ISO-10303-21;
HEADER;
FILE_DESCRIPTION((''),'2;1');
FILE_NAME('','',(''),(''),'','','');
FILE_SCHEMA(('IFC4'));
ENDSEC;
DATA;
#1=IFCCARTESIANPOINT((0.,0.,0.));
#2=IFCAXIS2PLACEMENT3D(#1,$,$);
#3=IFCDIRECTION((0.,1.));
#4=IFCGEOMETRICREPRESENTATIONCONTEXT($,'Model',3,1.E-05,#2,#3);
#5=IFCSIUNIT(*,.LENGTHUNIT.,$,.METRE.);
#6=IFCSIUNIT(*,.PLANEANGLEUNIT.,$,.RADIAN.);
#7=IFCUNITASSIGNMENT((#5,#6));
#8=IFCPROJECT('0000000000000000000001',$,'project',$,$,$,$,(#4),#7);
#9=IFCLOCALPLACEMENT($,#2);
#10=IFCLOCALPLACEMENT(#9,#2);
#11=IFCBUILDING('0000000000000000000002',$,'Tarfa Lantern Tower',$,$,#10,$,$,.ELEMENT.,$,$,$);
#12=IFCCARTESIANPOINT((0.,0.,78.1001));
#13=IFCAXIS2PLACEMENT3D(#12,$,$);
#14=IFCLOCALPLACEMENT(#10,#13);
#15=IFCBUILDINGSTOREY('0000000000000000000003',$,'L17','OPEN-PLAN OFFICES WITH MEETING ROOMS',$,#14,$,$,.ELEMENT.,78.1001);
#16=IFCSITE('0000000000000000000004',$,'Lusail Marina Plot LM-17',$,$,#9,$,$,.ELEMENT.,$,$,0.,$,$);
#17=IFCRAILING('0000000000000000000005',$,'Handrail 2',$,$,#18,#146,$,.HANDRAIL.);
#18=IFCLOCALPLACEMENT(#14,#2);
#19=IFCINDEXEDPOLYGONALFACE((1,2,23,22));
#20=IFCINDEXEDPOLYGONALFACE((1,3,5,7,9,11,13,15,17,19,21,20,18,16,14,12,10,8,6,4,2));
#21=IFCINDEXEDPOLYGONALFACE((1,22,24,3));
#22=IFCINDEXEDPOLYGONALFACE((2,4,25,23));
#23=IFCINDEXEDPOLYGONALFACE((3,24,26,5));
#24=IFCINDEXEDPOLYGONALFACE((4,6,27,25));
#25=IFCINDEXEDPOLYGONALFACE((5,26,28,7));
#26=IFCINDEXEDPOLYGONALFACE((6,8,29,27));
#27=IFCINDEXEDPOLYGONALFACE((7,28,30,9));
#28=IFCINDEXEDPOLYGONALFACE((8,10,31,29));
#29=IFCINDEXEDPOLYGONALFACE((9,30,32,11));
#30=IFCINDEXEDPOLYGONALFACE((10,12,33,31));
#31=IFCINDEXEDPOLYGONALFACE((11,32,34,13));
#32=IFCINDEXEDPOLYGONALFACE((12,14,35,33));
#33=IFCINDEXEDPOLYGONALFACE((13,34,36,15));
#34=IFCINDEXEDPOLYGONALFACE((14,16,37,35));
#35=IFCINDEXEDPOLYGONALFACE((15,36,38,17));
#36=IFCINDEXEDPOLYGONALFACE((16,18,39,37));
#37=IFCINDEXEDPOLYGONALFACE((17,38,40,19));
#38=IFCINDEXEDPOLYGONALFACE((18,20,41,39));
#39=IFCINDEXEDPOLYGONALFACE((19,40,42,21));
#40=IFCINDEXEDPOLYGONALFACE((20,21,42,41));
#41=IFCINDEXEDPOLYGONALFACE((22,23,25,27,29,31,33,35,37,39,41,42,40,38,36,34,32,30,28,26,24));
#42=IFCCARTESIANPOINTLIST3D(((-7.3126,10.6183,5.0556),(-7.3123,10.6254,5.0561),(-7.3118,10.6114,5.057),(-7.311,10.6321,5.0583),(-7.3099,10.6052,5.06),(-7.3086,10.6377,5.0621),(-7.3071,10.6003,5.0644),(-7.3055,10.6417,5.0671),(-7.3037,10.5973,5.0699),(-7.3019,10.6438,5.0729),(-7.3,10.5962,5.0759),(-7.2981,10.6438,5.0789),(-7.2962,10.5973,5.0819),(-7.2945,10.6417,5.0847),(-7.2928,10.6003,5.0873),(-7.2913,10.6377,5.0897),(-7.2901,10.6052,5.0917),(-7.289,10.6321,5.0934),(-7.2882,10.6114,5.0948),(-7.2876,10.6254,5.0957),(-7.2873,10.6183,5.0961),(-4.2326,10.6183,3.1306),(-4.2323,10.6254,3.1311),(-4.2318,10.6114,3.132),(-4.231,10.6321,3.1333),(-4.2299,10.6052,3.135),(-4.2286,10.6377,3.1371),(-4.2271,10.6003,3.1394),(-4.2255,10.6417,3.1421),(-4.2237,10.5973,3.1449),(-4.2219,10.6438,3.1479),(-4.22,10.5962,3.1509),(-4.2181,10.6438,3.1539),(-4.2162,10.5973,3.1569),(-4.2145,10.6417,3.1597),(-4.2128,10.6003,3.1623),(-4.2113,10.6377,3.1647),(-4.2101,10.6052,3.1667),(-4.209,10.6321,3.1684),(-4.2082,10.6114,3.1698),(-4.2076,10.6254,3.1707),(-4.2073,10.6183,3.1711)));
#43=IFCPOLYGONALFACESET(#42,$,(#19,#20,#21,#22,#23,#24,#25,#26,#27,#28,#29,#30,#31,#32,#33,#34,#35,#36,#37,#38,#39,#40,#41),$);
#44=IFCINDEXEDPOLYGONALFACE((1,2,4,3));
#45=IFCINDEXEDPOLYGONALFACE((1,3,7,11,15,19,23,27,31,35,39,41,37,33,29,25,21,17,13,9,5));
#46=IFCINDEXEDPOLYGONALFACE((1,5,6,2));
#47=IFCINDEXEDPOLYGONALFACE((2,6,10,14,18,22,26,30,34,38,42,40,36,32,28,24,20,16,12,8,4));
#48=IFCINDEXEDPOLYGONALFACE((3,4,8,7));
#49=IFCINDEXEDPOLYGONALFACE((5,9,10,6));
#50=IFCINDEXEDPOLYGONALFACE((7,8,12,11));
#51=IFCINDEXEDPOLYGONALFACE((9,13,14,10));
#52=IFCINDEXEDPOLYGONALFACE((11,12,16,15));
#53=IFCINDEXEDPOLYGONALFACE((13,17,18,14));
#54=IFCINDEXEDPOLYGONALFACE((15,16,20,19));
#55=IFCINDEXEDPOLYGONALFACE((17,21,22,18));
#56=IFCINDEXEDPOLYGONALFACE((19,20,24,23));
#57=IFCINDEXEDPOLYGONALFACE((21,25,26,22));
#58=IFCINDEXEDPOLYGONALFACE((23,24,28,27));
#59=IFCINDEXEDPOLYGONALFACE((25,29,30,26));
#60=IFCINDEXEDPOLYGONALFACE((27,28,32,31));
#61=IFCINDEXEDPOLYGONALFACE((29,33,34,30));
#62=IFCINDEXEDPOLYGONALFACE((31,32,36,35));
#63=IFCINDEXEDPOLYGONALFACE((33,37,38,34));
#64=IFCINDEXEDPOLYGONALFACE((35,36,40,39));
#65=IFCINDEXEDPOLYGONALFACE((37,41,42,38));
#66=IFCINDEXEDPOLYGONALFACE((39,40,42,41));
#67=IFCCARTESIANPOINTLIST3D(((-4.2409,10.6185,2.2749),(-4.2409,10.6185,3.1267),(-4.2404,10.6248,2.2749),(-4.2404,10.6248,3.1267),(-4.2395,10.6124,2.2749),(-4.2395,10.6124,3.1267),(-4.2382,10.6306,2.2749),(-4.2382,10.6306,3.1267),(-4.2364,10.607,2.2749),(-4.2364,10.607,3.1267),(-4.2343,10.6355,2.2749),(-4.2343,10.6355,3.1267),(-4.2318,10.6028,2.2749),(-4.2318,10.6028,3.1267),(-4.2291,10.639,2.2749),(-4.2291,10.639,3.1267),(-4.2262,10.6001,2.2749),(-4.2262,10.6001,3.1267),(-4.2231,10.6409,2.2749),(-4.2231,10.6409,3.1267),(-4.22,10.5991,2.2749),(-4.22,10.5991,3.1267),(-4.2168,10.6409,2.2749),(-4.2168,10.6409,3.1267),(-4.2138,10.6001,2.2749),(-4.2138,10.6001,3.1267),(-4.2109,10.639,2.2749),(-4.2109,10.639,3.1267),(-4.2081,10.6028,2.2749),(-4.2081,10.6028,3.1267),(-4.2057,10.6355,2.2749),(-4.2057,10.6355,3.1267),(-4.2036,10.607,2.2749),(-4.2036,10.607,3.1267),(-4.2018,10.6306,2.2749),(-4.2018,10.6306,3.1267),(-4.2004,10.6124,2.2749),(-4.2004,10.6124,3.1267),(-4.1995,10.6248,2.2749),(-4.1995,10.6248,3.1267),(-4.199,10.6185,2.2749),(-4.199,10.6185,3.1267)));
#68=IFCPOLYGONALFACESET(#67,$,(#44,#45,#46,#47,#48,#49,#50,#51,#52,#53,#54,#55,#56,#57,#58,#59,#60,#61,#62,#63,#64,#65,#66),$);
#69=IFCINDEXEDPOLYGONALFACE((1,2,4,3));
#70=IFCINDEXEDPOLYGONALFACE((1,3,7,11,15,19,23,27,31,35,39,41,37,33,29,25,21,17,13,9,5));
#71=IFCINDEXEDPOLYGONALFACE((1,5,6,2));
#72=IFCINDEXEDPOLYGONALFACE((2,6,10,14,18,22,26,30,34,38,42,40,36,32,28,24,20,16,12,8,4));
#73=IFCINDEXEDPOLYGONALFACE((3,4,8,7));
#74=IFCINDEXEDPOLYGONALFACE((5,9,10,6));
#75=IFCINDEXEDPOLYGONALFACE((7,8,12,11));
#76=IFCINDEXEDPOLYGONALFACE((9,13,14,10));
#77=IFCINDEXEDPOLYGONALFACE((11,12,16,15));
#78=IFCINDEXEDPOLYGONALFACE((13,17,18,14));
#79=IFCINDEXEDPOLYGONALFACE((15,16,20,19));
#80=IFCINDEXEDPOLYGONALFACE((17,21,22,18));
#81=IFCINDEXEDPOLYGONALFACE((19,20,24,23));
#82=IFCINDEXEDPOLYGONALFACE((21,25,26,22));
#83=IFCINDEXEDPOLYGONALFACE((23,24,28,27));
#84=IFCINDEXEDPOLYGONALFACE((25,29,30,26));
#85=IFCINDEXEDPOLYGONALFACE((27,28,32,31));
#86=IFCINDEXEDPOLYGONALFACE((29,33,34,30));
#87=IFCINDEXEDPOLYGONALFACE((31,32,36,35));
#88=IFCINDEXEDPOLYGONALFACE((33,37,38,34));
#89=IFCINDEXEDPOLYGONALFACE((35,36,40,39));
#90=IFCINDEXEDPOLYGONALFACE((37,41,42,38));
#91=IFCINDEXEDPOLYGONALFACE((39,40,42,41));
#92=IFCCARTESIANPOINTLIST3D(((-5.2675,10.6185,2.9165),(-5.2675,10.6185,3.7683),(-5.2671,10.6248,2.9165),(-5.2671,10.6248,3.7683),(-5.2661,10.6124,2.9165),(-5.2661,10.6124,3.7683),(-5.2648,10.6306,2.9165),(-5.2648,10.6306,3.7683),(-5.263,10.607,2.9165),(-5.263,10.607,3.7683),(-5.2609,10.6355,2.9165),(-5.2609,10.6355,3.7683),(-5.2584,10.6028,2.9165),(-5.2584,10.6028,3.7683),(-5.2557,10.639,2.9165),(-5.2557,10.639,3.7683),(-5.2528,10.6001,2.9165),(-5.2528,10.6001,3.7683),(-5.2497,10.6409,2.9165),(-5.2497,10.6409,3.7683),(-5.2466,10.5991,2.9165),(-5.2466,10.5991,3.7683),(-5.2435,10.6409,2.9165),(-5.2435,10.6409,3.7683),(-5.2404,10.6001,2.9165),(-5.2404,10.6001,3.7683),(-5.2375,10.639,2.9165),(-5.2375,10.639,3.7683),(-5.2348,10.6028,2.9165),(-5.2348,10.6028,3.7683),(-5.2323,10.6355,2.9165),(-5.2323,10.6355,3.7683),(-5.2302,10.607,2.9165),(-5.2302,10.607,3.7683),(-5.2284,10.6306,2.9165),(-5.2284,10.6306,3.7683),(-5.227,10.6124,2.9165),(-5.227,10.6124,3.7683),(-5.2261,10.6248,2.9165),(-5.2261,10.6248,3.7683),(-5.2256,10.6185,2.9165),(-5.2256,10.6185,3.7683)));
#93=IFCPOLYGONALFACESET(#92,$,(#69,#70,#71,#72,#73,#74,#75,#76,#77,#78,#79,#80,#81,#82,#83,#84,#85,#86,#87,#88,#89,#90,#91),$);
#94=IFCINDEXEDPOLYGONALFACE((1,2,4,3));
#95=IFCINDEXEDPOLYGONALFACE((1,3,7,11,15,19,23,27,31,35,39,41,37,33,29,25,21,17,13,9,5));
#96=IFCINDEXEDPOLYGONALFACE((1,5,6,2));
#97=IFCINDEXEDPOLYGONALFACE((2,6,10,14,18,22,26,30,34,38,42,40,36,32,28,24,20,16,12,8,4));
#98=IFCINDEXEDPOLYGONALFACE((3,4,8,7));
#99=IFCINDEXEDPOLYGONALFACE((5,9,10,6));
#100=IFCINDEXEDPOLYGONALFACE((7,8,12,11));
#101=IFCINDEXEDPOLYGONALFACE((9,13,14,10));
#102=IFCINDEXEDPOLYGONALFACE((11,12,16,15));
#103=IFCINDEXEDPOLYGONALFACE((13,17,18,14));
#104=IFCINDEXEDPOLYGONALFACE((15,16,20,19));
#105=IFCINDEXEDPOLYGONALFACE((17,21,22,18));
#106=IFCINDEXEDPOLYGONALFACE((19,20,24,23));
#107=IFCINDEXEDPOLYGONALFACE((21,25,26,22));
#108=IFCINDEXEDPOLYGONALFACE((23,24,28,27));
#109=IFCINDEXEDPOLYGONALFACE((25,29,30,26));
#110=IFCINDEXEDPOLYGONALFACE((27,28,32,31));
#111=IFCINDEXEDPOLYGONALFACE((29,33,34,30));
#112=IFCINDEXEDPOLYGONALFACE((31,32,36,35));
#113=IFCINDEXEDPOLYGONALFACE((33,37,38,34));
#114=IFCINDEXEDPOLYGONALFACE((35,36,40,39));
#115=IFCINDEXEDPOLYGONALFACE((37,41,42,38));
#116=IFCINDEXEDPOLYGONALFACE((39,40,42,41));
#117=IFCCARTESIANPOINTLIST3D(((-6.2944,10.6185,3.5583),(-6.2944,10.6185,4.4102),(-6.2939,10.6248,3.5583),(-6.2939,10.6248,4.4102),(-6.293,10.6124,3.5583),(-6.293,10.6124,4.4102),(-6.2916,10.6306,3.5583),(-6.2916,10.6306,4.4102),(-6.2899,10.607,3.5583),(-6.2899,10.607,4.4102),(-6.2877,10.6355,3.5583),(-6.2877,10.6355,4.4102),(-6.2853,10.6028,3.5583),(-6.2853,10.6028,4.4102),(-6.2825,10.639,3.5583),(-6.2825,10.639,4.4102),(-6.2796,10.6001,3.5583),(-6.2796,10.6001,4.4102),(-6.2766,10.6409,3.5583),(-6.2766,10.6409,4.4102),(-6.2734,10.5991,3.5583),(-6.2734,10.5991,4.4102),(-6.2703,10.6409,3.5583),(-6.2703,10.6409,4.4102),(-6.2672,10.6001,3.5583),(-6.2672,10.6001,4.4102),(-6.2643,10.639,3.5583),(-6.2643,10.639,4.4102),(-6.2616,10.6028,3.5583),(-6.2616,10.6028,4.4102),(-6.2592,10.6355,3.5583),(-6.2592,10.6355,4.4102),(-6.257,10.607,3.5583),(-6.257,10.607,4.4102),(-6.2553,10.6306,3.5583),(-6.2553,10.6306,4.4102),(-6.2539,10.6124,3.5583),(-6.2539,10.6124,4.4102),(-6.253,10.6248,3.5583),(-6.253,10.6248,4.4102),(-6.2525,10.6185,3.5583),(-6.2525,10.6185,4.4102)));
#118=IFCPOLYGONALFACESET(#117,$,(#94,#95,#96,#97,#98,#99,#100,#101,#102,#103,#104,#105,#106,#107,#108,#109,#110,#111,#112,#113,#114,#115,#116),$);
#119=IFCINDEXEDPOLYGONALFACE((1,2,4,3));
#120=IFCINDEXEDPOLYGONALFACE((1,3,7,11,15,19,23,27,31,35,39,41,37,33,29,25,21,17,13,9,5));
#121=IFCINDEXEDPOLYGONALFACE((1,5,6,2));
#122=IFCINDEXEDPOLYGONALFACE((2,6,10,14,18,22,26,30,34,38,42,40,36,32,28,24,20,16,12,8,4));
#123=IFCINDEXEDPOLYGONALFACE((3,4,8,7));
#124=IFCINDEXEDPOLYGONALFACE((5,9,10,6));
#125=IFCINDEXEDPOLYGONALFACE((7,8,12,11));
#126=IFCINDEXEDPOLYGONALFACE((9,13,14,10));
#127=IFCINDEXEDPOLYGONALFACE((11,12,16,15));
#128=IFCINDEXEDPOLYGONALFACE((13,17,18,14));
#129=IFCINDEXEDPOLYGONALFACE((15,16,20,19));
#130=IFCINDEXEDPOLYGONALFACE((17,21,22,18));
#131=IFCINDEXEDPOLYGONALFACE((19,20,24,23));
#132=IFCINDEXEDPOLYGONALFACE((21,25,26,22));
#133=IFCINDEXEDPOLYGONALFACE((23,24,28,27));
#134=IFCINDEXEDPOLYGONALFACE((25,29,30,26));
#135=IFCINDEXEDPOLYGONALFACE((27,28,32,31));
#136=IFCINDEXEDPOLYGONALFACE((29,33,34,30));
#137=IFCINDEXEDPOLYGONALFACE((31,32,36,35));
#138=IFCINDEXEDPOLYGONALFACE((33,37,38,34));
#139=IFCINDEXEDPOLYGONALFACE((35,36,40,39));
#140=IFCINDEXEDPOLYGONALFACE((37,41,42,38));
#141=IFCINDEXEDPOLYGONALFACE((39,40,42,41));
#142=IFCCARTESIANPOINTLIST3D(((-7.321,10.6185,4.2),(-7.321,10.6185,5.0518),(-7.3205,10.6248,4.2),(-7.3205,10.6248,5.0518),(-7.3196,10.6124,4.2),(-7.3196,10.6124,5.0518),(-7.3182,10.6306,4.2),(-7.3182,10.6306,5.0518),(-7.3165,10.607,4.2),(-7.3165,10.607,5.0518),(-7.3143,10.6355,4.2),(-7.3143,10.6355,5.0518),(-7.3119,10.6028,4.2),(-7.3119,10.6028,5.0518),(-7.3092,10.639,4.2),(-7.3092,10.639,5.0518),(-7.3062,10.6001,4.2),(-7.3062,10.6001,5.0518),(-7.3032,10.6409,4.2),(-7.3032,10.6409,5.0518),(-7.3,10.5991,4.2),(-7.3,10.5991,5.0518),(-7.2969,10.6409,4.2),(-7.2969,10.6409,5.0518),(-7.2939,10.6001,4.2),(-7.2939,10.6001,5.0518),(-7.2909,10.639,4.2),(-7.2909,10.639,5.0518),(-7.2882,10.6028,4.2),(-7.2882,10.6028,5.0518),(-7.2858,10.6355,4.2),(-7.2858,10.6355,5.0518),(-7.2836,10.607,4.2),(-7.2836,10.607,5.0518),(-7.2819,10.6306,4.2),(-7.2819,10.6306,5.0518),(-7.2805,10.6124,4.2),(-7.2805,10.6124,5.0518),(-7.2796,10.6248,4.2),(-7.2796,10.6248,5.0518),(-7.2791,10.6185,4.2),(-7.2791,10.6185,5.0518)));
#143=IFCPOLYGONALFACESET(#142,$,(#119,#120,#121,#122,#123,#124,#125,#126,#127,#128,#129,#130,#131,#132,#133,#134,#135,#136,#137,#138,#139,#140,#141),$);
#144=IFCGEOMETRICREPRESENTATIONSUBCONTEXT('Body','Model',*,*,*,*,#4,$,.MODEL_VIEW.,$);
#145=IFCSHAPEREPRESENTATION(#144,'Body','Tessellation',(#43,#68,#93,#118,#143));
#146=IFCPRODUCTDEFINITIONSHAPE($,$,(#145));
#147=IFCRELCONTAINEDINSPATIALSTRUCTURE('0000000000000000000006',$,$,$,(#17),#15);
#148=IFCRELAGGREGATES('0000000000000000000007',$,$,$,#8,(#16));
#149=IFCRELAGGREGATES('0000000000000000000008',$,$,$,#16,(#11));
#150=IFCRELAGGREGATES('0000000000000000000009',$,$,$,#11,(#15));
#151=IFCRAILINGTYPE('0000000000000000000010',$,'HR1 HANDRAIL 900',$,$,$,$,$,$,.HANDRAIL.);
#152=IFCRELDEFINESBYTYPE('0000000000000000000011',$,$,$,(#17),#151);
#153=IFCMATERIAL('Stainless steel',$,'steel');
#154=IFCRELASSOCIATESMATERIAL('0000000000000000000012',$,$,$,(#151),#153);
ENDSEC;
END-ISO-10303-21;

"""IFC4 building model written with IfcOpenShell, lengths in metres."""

from ifc_helpers import new_model, si_unit, direction, frame, origin, origin_2d, place, context, subcontext, project, spatial, circle, extrude, material, type_object, element, save


model = new_model("IFC4")

# Units and contexts
model_context = context("Model", 3, precision=1e-05, world=origin(), true_north=direction((0.0, 1.0)))
body_context = subcontext(model_context, "Body", "Model", "MODEL_VIEW")
ifc_project = project(units=[si_unit("LENGTHUNIT", "METRE"), si_unit("PLANEANGLEUNIT", "RADIAN")], contexts=[model_context])

# Site, building, storey
site_placement = place(None, origin())
site = spatial("IfcSite", under=ifc_project, at=site_placement, Name="Lusail Marina Plot LM-17", CompositionType="ELEMENT", RefElevation=0.0)
building_placement = place(site_placement, origin())
building = spatial("IfcBuilding", under=site, at=building_placement, Name="Tarfa Lantern Tower", CompositionType="ELEMENT")
storey_placement = place(building_placement, frame((0.0, 0.0, 78.1001)))
storey = spatial("IfcBuildingStorey", under=building, at=storey_placement, Name="L17", Description="OPEN-PLAN OFFICES WITH MEETING ROOMS", CompositionType="ELEMENT", Elevation=78.1001)

# Railing
ifc_material_1 = material(Name="Stainless steel", Category="steel")
railing_type = type_object("IfcRailingType", Name="HR1 HANDRAIL 900", PredefinedType="HANDRAIL", material=ifc_material_1)
railing_1_placement = place(storey_placement, frame((-4.22, 10.6201, 2.2749)))
element("IfcRailing", 1, at=railing_1_placement, inside=storey, type_object=railing_type, Name="Handrail 2", PredefinedType="HANDRAIL", context=body_context, shape_type="SweptSolid", body=[
    extrude(circle(Radius=0.0239, at=origin_2d()), frame((0.0, 0.0, 0.876), z_axis=(-0.847998, 0.0, 0.529999), x_axis=(0.0, -1.0, 0.0)), (0.0, 0.0, 1.0), 3.6321),
    extrude(circle(Radius=0.021, at=origin_2d()), frame((0.0, 0.0, 0.0), z_axis=(0.0, 0.0, 1.0), x_axis=(0.0, -1.0, 0.0)), (0.0, 0.0, 1.0), 0.8518),
    extrude(circle(Radius=0.021, at=origin_2d()), frame((-1.0266, 0.0, 0.6416), z_axis=(0.0, 0.0, 1.0), x_axis=(0.0, -1.0, 0.0)), (0.0, 0.0, 1.0), 0.8518),
    extrude(circle(Radius=0.021, at=origin_2d()), frame((-2.0535, 0.0, 1.2834), z_axis=(0.0, 0.0, 1.0), x_axis=(0.0, -1.0, 0.0)), (0.0, 0.0, 1.0), 0.8518),
    extrude(circle(Radius=0.021, at=origin_2d()), frame((-3.0801, 0.0, 1.925), z_axis=(0.0, 0.0, 1.0), x_axis=(0.0, -1.0, 0.0)), (0.0, 0.0, 1.0), 0.8518),
])

save(model, "model.ifc")
